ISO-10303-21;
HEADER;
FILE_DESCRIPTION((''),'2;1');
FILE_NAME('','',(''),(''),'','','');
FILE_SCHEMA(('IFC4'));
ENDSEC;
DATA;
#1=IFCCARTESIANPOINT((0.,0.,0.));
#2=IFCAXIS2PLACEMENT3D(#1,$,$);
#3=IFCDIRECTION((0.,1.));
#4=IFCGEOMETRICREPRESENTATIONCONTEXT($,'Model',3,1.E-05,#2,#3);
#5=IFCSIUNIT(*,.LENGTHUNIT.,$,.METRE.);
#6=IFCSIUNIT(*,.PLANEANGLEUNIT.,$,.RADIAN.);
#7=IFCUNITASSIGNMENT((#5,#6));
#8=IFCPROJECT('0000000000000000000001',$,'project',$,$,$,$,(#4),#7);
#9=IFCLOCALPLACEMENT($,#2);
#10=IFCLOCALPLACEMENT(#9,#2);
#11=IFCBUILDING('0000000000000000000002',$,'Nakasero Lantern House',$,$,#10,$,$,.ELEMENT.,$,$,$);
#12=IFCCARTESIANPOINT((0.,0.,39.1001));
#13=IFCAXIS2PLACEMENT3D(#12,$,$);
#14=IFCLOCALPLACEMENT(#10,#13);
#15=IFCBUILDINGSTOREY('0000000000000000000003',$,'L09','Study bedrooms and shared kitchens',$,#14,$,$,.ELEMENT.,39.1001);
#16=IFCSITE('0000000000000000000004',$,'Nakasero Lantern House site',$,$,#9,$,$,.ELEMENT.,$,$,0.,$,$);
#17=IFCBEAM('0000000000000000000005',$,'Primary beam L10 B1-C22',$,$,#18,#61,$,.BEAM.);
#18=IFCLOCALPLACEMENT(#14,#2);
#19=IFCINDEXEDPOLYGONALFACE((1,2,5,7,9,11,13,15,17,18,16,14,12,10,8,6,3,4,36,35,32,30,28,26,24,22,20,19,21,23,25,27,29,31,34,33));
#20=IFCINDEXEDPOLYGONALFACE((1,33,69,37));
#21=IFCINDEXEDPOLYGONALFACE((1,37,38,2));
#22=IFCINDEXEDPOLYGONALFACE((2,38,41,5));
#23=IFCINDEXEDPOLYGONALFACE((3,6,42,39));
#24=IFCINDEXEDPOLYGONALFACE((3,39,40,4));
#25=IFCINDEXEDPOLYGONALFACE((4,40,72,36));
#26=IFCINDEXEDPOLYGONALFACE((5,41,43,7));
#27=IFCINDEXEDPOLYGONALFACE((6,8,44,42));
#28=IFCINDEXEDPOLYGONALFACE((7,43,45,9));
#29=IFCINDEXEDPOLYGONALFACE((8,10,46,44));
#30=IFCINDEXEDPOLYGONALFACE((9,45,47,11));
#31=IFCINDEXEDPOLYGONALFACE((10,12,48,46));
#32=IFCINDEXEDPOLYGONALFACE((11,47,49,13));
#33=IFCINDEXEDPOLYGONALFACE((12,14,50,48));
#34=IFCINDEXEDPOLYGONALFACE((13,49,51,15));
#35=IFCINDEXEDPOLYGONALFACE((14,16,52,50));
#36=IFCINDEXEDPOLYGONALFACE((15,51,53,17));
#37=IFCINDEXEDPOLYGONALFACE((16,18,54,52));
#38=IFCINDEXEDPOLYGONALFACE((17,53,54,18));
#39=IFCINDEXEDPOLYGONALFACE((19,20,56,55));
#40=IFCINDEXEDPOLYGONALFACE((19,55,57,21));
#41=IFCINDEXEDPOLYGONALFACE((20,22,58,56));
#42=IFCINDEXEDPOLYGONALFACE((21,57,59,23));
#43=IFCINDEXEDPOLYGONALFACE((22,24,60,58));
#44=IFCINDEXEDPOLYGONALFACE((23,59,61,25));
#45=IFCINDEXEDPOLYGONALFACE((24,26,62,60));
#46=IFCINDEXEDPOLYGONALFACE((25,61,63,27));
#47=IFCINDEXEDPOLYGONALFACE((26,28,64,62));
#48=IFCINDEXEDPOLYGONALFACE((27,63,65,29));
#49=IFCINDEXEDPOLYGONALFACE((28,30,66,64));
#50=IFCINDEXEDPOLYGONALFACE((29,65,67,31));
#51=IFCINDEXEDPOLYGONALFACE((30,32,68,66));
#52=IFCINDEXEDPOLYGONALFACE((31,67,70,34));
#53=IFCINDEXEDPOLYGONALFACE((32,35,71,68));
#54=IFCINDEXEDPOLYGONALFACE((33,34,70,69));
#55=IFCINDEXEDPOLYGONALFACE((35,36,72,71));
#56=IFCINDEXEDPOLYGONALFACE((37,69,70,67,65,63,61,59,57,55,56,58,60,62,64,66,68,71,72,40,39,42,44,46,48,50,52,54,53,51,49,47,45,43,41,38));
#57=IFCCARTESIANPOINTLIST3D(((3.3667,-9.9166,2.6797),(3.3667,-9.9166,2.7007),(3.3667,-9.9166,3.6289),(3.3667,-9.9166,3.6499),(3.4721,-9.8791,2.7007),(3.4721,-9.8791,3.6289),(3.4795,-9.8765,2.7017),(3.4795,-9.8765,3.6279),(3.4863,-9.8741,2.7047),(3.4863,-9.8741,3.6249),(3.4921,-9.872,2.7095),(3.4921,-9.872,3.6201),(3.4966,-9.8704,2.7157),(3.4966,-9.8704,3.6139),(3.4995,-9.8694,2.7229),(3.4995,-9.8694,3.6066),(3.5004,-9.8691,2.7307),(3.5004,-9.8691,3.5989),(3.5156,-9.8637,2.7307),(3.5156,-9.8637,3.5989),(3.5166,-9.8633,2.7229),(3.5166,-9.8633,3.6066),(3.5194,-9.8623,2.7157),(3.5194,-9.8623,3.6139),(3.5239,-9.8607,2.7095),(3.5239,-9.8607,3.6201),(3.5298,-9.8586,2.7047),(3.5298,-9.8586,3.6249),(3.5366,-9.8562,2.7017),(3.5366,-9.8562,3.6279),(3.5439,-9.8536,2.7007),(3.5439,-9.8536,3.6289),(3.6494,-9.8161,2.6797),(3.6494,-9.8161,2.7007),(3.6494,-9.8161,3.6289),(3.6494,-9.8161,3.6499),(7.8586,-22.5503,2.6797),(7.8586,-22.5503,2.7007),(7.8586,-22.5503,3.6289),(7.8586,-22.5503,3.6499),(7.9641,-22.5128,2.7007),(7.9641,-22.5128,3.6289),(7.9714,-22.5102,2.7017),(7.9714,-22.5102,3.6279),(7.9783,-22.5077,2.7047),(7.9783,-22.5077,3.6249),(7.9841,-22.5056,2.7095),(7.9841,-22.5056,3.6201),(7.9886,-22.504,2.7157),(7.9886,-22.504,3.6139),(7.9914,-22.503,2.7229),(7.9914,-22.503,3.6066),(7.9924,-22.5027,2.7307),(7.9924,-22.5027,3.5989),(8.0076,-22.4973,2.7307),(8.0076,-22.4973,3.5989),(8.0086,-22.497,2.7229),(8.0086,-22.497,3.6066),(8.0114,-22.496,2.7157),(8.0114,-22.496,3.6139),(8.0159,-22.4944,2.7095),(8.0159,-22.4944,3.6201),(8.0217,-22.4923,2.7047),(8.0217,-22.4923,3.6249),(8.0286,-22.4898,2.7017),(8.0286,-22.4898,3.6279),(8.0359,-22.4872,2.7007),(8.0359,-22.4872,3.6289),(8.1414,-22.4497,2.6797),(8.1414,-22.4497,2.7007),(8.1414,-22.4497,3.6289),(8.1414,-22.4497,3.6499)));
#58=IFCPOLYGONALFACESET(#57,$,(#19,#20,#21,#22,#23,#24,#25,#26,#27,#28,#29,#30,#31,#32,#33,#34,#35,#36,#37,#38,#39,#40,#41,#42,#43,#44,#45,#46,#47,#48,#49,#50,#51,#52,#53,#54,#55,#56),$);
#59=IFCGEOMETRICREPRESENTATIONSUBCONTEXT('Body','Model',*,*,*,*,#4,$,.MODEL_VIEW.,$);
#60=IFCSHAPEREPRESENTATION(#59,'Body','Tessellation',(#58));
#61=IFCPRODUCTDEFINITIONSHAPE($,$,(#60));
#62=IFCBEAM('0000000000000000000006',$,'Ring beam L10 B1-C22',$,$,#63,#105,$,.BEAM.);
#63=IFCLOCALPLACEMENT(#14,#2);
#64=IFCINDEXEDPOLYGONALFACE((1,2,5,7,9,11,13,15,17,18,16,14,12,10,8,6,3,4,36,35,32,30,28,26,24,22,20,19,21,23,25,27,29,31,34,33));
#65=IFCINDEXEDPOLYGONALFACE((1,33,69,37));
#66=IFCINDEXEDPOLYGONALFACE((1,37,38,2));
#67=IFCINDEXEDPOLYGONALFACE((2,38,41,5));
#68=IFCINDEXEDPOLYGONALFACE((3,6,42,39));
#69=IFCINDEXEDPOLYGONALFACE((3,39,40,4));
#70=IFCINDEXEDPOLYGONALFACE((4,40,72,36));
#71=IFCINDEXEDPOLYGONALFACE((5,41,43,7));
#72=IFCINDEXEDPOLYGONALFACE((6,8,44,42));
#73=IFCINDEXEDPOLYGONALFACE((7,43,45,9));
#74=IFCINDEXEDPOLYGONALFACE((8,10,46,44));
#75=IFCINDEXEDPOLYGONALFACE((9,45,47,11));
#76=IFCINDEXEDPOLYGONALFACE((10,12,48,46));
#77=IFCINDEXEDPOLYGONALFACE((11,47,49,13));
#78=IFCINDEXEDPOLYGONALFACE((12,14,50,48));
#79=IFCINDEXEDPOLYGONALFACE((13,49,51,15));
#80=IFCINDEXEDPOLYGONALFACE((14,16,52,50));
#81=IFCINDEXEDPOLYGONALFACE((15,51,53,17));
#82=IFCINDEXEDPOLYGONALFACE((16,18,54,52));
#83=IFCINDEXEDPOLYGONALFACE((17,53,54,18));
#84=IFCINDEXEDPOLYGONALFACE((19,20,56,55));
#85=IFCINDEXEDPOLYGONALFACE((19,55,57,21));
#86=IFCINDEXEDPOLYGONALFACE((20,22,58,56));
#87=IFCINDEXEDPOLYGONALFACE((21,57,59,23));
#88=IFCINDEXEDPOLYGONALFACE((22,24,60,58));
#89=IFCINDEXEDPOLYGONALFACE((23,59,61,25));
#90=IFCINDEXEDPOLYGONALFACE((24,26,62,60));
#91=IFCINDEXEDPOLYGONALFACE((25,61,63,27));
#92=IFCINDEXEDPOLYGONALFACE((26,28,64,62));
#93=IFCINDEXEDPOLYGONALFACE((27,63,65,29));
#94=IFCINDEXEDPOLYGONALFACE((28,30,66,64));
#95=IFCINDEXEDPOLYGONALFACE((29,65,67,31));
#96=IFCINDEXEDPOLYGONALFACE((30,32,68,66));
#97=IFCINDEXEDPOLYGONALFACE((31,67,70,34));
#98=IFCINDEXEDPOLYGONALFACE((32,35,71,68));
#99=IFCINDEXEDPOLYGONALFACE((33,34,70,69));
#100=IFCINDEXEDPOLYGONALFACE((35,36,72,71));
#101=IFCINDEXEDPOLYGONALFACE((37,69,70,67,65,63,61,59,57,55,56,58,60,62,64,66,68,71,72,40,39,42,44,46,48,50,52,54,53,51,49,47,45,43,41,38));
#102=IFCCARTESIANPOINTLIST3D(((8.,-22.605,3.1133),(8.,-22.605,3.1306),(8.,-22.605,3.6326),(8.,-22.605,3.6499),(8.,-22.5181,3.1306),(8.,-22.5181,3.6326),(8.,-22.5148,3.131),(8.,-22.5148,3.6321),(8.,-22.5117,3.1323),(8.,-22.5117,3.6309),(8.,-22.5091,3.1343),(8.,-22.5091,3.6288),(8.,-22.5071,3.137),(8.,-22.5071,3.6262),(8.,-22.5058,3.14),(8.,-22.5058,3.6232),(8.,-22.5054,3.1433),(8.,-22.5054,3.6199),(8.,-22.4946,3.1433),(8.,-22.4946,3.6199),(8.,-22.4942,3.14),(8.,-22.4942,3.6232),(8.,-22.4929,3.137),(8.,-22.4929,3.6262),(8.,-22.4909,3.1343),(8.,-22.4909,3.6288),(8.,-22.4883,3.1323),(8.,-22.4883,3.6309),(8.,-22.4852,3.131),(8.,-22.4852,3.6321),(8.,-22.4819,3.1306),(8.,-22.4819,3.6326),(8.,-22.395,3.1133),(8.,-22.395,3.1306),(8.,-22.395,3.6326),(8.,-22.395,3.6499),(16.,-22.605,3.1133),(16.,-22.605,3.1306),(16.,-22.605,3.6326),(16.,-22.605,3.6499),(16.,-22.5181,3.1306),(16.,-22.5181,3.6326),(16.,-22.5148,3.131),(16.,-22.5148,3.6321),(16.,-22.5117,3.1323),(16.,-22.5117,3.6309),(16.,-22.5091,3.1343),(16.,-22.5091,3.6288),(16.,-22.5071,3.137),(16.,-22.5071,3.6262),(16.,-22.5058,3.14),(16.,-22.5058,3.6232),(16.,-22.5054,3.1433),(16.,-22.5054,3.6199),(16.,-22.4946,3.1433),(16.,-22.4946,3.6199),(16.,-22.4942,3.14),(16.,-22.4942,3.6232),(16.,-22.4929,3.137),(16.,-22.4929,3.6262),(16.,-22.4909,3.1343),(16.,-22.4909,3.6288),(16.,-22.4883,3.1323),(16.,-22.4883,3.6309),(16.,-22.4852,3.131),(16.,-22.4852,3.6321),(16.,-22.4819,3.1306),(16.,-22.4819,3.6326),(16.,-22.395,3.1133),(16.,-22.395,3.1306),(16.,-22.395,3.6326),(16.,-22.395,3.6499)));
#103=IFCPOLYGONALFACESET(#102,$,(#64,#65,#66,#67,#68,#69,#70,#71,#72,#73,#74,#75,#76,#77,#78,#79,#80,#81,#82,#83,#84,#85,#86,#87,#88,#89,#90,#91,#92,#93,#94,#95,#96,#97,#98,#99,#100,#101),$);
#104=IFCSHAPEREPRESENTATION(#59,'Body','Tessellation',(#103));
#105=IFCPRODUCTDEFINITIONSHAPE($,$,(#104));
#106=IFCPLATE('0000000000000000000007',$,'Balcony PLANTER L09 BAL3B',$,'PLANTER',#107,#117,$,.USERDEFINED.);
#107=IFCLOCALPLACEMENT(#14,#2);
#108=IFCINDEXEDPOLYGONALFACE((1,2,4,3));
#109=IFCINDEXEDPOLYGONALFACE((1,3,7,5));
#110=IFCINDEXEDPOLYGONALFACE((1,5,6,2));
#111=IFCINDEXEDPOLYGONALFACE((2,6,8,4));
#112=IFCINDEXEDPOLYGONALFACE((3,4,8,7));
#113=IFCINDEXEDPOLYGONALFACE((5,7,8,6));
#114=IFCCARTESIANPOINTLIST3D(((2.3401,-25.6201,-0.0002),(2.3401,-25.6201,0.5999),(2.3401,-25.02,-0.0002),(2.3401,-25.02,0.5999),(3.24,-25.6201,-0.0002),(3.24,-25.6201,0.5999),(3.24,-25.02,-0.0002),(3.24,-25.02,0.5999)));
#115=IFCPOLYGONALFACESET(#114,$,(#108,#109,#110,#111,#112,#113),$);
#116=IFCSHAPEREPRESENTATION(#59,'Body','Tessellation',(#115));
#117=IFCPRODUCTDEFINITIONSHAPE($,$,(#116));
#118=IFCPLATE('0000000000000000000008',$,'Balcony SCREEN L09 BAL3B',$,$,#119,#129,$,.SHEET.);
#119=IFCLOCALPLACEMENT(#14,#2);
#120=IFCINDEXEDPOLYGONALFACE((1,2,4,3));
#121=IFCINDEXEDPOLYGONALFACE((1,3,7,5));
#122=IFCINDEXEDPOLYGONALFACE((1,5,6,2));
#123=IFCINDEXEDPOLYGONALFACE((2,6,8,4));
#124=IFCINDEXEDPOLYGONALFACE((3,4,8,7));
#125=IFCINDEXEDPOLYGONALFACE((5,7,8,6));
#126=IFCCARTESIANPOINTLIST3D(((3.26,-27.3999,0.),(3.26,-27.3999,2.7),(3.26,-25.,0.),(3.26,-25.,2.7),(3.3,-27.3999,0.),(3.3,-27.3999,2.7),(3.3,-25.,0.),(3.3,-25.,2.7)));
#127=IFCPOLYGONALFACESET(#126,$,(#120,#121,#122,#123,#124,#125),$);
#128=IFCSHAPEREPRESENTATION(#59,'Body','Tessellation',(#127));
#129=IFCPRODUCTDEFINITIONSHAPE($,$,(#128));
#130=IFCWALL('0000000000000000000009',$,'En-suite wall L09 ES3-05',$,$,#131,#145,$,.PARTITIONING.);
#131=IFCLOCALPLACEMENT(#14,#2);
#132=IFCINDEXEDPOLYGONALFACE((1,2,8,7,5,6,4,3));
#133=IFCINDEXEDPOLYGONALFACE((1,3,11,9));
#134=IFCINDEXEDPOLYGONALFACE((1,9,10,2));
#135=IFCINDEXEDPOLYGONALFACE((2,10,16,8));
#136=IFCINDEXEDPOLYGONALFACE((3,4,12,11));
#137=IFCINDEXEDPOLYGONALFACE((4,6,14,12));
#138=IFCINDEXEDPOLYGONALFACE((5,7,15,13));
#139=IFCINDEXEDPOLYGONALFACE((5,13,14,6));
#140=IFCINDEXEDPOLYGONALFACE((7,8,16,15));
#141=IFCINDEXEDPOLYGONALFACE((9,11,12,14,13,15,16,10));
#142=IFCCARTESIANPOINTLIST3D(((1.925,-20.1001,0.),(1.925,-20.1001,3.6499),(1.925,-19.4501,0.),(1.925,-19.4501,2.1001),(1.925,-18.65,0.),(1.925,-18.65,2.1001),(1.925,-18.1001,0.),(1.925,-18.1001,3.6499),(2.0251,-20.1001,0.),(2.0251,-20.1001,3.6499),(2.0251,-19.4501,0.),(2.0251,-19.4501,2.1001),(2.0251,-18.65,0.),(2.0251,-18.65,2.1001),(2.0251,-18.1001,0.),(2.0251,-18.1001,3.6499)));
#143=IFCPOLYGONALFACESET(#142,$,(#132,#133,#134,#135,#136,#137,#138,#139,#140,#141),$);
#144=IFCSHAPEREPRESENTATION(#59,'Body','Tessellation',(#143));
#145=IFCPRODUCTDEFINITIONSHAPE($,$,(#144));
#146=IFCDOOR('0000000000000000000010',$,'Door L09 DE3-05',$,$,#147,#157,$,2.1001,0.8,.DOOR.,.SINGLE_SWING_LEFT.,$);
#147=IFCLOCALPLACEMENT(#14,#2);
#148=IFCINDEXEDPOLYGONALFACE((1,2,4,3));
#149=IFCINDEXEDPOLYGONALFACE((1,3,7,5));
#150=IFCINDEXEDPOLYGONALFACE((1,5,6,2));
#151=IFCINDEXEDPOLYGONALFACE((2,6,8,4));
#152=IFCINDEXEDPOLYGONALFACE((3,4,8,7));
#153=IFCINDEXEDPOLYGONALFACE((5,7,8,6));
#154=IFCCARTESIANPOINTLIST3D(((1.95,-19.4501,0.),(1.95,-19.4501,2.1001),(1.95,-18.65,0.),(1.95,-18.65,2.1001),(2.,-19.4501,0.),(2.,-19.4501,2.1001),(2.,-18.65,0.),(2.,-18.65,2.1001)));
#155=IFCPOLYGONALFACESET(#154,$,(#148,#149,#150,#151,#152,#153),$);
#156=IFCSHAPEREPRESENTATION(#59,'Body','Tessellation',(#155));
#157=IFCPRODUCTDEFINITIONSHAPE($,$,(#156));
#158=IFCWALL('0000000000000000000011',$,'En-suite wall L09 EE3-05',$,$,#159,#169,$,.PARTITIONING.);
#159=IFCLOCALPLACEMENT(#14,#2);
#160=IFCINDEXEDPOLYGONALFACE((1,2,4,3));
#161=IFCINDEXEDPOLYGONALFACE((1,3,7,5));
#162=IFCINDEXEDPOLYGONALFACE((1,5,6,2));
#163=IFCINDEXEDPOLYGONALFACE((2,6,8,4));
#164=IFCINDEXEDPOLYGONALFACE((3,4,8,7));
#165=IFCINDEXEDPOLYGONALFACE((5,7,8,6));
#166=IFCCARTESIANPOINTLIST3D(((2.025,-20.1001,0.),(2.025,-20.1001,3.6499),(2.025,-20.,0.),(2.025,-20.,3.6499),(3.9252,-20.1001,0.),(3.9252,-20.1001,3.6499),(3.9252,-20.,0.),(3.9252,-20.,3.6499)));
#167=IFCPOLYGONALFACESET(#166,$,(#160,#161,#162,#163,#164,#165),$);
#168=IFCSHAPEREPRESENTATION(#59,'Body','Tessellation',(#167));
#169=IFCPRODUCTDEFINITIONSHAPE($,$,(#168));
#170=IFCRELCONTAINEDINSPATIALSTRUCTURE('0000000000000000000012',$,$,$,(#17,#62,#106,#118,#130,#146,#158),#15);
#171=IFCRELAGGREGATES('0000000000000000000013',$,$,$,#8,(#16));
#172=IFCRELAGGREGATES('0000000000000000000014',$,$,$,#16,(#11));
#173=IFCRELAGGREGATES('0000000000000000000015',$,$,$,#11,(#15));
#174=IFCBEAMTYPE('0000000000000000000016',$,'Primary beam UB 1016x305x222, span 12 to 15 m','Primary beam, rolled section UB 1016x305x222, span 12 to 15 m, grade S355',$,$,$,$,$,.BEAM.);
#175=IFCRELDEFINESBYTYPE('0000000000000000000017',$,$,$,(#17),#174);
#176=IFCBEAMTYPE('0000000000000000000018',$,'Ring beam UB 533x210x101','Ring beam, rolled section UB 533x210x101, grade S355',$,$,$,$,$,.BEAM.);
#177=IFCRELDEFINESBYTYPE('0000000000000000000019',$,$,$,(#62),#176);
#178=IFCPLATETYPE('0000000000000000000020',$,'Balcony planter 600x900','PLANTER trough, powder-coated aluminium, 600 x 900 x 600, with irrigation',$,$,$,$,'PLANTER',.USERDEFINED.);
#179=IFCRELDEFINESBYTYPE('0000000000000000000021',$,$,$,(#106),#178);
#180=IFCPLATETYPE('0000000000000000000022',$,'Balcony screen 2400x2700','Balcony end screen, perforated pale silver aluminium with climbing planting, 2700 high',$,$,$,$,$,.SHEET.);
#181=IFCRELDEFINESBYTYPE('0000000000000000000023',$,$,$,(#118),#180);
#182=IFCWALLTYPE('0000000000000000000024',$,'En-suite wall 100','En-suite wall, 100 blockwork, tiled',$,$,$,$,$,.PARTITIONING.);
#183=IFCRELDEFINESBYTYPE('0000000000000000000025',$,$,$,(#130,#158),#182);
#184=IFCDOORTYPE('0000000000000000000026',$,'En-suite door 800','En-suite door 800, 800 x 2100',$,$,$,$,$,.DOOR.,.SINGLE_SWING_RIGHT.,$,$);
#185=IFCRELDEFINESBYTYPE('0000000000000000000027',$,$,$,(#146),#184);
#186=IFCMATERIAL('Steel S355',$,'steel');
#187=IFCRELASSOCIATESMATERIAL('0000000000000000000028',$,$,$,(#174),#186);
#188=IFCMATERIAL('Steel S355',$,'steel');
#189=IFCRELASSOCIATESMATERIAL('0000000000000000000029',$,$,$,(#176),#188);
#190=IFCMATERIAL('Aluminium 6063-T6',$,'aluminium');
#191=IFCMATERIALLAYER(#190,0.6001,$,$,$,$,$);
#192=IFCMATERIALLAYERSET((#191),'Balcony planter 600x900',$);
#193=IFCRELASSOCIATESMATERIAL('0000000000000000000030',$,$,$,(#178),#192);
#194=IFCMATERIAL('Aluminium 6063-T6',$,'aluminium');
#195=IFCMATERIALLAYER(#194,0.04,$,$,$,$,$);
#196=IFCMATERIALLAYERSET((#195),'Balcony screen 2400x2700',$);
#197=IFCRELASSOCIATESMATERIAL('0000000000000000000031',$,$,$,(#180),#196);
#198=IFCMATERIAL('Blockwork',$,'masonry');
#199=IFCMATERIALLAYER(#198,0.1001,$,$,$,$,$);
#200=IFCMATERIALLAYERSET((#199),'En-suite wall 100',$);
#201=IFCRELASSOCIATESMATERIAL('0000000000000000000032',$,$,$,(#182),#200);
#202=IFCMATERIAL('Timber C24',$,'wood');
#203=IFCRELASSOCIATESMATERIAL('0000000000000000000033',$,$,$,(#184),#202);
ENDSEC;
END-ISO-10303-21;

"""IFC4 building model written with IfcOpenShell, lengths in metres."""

from ifc_helpers import new_model, si_unit, direction, frame, frame_2d, origin, origin_2d, place, context, subcontext, project, spatial, rectangle, i_section, extrude, material, layer, layer_set, material_profile, profile_set, type_object, element, fill, save


model = new_model("IFC4")

# Units and contexts
model_context = context("Model", 3, precision=1e-05, world=origin(), true_north=direction((0.0, 1.0)))
body_context = subcontext(model_context, "Body", "Model", "MODEL_VIEW")
ifc_project = project(units=[si_unit("LENGTHUNIT", "METRE"), si_unit("PLANEANGLEUNIT", "RADIAN")], contexts=[model_context])

# Site, building, storey
site_placement = place(None, origin())
site = spatial("IfcSite", under=ifc_project, at=site_placement, Name="Nakasero Lantern House site", CompositionType="ELEMENT", RefElevation=0.0)
building_placement = place(site_placement, origin())
building = spatial("IfcBuilding", under=site, at=building_placement, Name="Nakasero Lantern House", CompositionType="ELEMENT")
storey_placement = place(building_placement, frame((0.0, 0.0, 39.1001)))
storey = spatial("IfcBuildingStorey", under=building, at=storey_placement, Name="L09", Description="Study bedrooms and shared kitchens", CompositionType="ELEMENT", Elevation=39.1001)

# Beams
ifc_material_1 = material(Name="Steel S355", Category="steel")
ifc_material_profile_1 = material_profile(ifc_material_1, i_section(OverallWidth=0.3, OverallDepth=0.9702, WebThickness=0.0161, FlangeThickness=0.021, FilletRadius=0.03, at=origin_2d()), Name="UB 1016x305x222")
ifc_profile_set_1 = profile_set([ifc_material_profile_1], Name="Steel S355")
beam_type_1 = type_object("IfcBeamType", Name="Primary beam UB 1016x305x222, span 12 to 15 m", Description="Primary beam, rolled section UB 1016x305x222, span 12 to 15 m, grade S355", PredefinedType="BEAM", material=ifc_profile_set_1)
beam_1_placement = place(storey_placement, frame((8.0, -22.5, 3.1648), z_axis=(-0.335011, 0.942214, 0.0), x_axis=(-0.942214, -0.335011, 0.0)))
element("IfcBeam", 1, at=beam_1_placement, inside=storey, type_object=beam_type_1, Name="Primary beam L10 B1-C22", PredefinedType="BEAM", context=body_context, shape_type="SweptSolid", body=[
    extrude(i_section(OverallWidth=0.3, OverallDepth=0.9702, WebThickness=0.0161, FlangeThickness=0.021, FilletRadius=0.03, at=origin_2d()), origin(), (0.0, 0.0, 1.0), 13.4084),
])
ifc_material_2 = material(Name="Steel S355", Category="steel")
ifc_material_profile_2 = material_profile(ifc_material_2, i_section(OverallWidth=0.21, OverallDepth=0.5366, WebThickness=0.0107, FlangeThickness=0.0173, FilletRadius=0.0127, at=origin_2d()), Name="UB 533x210x101")
ifc_profile_set_2 = profile_set([ifc_material_profile_2], Name="Steel S355")
beam_type_2 = type_object("IfcBeamType", Name="Ring beam UB 533x210x101", Description="Ring beam, rolled section UB 533x210x101, grade S355", PredefinedType="BEAM", material=ifc_profile_set_2)
beam_2_placement = place(storey_placement, frame((8.0, -22.5, 3.3816), z_axis=(1.0, 0.0, 0.0), x_axis=(0.0, 1.0, 0.0)))
element("IfcBeam", 2, at=beam_2_placement, inside=storey, type_object=beam_type_2, Name="Ring beam L10 B1-C22", PredefinedType="BEAM", context=body_context, shape_type="SweptSolid", body=[
    extrude(i_section(OverallWidth=0.21, OverallDepth=0.5366, WebThickness=0.0107, FlangeThickness=0.0173, FilletRadius=0.0127, at=origin_2d()), origin(), (0.0, 0.0, 1.0), 8.0),
])

# Plates
ifc_material_3 = material(Name="Aluminium 6063-T6", Category="aluminium")
ifc_layer_1 = layer(ifc_material_3, 0.6001)
ifc_layer_set_1 = layer_set([ifc_layer_1], Name="Balcony planter 600x900")
plate_type_1 = type_object("IfcPlateType", Name="Balcony planter 600x900", Description="PLANTER trough, powder-coated aluminium, 600 x 900 x 600, with irrigation", ElementType="PLANTER", PredefinedType="USERDEFINED", material=ifc_layer_set_1)
plate_1_placement = place(storey_placement, frame((2.79, -25.3201, -0.0002), z_axis=(0.0, 0.0, 1.0), x_axis=(0.0, -1.0, 0.0)))
element("IfcPlate", 3, at=plate_1_placement, inside=storey, type_object=plate_type_1, Name="Balcony PLANTER L09 BAL3B", ObjectType="PLANTER", PredefinedType="USERDEFINED", context=body_context, shape_type="SweptSolid", body=[
    extrude(rectangle(XDim=0.6001, YDim=0.8999, at=origin_2d()), origin(), (0.0, 0.0, 1.0), 0.6001),
])
ifc_material_4 = material(Name="Aluminium 6063-T6", Category="aluminium")
ifc_layer_2 = layer(ifc_material_4, 0.04)
ifc_layer_set_2 = layer_set([ifc_layer_2], Name="Balcony screen 2400x2700")
plate_type_2 = type_object("IfcPlateType", Name="Balcony screen 2400x2700", Description="Balcony end screen, perforated pale silver aluminium with climbing planting, 2700 high", PredefinedType="SHEET", material=ifc_layer_set_2)
plate_2_placement = place(storey_placement, frame((3.28, -26.2, 0.0), z_axis=(0.0, 0.0, 1.0), x_axis=(0.0, -1.0, 0.0)))
element("IfcPlate", 4, at=plate_2_placement, inside=storey, type_object=plate_type_2, Name="Balcony SCREEN L09 BAL3B", PredefinedType="SHEET", context=body_context, shape_type="SweptSolid", body=[
    extrude(rectangle(XDim=2.3999, YDim=0.04, at=origin_2d()), origin(), (0.0, 0.0, 1.0), 2.7),
])

# Wall, opening, door
ifc_material_5 = material(Name="Blockwork", Category="masonry")
ifc_layer_3 = layer(ifc_material_5, 0.1001)
ifc_layer_set_3 = layer_set([ifc_layer_3], Name="En-suite wall 100")
wall_type_1 = type_object("IfcWallType", Name="En-suite wall 100", Description="En-suite wall, 100 blockwork, tiled", PredefinedType="PARTITIONING", material=ifc_layer_set_3)
wall_1_placement = place(storey_placement, frame((1.9751, -18.1001, 0.0), z_axis=(0.0, 0.0, 1.0), x_axis=(0.0, -1.0, 0.0)))
wall_1 = element("IfcWall", 5, at=wall_1_placement, inside=storey, type_object=wall_type_1, Name="En-suite wall L09 ES3-05", PredefinedType="PARTITIONING", context=body_context, shape_type="SweptSolid", body=[
    extrude(rectangle(XDim=2.0, YDim=0.1001, at=frame_2d((1.0, 0.0))), origin(), (0.0, 0.0, 1.0), 3.6499),
])
opening_1_placement = place(wall_1_placement, frame((0.55, 0.0, 0.0)))
opening_1 = element("IfcOpeningElement", 6, at=opening_1_placement, cuts=wall_1, PredefinedType="OPENING", context=body_context, shape_type="SweptSolid", body=[
    extrude(rectangle(XDim=0.8, YDim=2.1001, at=frame_2d((0.3999, 1.05))), frame((0.0, 0.0701, 0.0), z_axis=(0.0, -1.0, 0.0), x_axis=(1.0, 0.0, 0.0)), (0.0, 0.0, 1.0), 0.1401),
])
ifc_material_6 = material(Name="Timber C24", Category="wood")
door_type_1 = type_object("IfcDoorType", Name="En-suite door 800", Description="En-suite door 800, 800 x 2100", OperationType="SINGLE_SWING_RIGHT", PredefinedType="DOOR", material=ifc_material_6)
door_1_placement = place(opening_1_placement, origin())
door_1 = element("IfcDoor", 7, at=door_1_placement, inside=storey, type_object=door_type_1, Name="Door L09 DE3-05", OperationType="SINGLE_SWING_LEFT", OverallHeight=2.1001, OverallWidth=0.8, PredefinedType="DOOR", context=body_context, shape_type="SweptSolid", body=[
    extrude(rectangle(XDim=0.8, YDim=2.1001, at=frame_2d((0.3999, 1.05))), frame((0.0, 0.0249, 0.0), z_axis=(0.0, -1.0, 0.0), x_axis=(1.0, 0.0, 0.0)), (0.0, 0.0, 1.0), 0.05),
])
fill(opening_1, door_1)

# Wall
wall_2_placement = place(storey_placement, frame((2.0249, -20.05, 0.0), z_axis=(0.0, 0.0, 1.0), x_axis=(1.0, 0.0, 0.0)))
element("IfcWall", 8, at=wall_2_placement, inside=storey, type_object=wall_type_1, Name="En-suite wall L09 EE3-05", PredefinedType="PARTITIONING", context=body_context, shape_type="SweptSolid", body=[
    extrude(rectangle(XDim=1.9001, YDim=0.1001, at=frame_2d((0.9502, 0.0))), origin(), (0.0, 0.0, 1.0), 3.6499),
])

save(model, "model.ifc")
